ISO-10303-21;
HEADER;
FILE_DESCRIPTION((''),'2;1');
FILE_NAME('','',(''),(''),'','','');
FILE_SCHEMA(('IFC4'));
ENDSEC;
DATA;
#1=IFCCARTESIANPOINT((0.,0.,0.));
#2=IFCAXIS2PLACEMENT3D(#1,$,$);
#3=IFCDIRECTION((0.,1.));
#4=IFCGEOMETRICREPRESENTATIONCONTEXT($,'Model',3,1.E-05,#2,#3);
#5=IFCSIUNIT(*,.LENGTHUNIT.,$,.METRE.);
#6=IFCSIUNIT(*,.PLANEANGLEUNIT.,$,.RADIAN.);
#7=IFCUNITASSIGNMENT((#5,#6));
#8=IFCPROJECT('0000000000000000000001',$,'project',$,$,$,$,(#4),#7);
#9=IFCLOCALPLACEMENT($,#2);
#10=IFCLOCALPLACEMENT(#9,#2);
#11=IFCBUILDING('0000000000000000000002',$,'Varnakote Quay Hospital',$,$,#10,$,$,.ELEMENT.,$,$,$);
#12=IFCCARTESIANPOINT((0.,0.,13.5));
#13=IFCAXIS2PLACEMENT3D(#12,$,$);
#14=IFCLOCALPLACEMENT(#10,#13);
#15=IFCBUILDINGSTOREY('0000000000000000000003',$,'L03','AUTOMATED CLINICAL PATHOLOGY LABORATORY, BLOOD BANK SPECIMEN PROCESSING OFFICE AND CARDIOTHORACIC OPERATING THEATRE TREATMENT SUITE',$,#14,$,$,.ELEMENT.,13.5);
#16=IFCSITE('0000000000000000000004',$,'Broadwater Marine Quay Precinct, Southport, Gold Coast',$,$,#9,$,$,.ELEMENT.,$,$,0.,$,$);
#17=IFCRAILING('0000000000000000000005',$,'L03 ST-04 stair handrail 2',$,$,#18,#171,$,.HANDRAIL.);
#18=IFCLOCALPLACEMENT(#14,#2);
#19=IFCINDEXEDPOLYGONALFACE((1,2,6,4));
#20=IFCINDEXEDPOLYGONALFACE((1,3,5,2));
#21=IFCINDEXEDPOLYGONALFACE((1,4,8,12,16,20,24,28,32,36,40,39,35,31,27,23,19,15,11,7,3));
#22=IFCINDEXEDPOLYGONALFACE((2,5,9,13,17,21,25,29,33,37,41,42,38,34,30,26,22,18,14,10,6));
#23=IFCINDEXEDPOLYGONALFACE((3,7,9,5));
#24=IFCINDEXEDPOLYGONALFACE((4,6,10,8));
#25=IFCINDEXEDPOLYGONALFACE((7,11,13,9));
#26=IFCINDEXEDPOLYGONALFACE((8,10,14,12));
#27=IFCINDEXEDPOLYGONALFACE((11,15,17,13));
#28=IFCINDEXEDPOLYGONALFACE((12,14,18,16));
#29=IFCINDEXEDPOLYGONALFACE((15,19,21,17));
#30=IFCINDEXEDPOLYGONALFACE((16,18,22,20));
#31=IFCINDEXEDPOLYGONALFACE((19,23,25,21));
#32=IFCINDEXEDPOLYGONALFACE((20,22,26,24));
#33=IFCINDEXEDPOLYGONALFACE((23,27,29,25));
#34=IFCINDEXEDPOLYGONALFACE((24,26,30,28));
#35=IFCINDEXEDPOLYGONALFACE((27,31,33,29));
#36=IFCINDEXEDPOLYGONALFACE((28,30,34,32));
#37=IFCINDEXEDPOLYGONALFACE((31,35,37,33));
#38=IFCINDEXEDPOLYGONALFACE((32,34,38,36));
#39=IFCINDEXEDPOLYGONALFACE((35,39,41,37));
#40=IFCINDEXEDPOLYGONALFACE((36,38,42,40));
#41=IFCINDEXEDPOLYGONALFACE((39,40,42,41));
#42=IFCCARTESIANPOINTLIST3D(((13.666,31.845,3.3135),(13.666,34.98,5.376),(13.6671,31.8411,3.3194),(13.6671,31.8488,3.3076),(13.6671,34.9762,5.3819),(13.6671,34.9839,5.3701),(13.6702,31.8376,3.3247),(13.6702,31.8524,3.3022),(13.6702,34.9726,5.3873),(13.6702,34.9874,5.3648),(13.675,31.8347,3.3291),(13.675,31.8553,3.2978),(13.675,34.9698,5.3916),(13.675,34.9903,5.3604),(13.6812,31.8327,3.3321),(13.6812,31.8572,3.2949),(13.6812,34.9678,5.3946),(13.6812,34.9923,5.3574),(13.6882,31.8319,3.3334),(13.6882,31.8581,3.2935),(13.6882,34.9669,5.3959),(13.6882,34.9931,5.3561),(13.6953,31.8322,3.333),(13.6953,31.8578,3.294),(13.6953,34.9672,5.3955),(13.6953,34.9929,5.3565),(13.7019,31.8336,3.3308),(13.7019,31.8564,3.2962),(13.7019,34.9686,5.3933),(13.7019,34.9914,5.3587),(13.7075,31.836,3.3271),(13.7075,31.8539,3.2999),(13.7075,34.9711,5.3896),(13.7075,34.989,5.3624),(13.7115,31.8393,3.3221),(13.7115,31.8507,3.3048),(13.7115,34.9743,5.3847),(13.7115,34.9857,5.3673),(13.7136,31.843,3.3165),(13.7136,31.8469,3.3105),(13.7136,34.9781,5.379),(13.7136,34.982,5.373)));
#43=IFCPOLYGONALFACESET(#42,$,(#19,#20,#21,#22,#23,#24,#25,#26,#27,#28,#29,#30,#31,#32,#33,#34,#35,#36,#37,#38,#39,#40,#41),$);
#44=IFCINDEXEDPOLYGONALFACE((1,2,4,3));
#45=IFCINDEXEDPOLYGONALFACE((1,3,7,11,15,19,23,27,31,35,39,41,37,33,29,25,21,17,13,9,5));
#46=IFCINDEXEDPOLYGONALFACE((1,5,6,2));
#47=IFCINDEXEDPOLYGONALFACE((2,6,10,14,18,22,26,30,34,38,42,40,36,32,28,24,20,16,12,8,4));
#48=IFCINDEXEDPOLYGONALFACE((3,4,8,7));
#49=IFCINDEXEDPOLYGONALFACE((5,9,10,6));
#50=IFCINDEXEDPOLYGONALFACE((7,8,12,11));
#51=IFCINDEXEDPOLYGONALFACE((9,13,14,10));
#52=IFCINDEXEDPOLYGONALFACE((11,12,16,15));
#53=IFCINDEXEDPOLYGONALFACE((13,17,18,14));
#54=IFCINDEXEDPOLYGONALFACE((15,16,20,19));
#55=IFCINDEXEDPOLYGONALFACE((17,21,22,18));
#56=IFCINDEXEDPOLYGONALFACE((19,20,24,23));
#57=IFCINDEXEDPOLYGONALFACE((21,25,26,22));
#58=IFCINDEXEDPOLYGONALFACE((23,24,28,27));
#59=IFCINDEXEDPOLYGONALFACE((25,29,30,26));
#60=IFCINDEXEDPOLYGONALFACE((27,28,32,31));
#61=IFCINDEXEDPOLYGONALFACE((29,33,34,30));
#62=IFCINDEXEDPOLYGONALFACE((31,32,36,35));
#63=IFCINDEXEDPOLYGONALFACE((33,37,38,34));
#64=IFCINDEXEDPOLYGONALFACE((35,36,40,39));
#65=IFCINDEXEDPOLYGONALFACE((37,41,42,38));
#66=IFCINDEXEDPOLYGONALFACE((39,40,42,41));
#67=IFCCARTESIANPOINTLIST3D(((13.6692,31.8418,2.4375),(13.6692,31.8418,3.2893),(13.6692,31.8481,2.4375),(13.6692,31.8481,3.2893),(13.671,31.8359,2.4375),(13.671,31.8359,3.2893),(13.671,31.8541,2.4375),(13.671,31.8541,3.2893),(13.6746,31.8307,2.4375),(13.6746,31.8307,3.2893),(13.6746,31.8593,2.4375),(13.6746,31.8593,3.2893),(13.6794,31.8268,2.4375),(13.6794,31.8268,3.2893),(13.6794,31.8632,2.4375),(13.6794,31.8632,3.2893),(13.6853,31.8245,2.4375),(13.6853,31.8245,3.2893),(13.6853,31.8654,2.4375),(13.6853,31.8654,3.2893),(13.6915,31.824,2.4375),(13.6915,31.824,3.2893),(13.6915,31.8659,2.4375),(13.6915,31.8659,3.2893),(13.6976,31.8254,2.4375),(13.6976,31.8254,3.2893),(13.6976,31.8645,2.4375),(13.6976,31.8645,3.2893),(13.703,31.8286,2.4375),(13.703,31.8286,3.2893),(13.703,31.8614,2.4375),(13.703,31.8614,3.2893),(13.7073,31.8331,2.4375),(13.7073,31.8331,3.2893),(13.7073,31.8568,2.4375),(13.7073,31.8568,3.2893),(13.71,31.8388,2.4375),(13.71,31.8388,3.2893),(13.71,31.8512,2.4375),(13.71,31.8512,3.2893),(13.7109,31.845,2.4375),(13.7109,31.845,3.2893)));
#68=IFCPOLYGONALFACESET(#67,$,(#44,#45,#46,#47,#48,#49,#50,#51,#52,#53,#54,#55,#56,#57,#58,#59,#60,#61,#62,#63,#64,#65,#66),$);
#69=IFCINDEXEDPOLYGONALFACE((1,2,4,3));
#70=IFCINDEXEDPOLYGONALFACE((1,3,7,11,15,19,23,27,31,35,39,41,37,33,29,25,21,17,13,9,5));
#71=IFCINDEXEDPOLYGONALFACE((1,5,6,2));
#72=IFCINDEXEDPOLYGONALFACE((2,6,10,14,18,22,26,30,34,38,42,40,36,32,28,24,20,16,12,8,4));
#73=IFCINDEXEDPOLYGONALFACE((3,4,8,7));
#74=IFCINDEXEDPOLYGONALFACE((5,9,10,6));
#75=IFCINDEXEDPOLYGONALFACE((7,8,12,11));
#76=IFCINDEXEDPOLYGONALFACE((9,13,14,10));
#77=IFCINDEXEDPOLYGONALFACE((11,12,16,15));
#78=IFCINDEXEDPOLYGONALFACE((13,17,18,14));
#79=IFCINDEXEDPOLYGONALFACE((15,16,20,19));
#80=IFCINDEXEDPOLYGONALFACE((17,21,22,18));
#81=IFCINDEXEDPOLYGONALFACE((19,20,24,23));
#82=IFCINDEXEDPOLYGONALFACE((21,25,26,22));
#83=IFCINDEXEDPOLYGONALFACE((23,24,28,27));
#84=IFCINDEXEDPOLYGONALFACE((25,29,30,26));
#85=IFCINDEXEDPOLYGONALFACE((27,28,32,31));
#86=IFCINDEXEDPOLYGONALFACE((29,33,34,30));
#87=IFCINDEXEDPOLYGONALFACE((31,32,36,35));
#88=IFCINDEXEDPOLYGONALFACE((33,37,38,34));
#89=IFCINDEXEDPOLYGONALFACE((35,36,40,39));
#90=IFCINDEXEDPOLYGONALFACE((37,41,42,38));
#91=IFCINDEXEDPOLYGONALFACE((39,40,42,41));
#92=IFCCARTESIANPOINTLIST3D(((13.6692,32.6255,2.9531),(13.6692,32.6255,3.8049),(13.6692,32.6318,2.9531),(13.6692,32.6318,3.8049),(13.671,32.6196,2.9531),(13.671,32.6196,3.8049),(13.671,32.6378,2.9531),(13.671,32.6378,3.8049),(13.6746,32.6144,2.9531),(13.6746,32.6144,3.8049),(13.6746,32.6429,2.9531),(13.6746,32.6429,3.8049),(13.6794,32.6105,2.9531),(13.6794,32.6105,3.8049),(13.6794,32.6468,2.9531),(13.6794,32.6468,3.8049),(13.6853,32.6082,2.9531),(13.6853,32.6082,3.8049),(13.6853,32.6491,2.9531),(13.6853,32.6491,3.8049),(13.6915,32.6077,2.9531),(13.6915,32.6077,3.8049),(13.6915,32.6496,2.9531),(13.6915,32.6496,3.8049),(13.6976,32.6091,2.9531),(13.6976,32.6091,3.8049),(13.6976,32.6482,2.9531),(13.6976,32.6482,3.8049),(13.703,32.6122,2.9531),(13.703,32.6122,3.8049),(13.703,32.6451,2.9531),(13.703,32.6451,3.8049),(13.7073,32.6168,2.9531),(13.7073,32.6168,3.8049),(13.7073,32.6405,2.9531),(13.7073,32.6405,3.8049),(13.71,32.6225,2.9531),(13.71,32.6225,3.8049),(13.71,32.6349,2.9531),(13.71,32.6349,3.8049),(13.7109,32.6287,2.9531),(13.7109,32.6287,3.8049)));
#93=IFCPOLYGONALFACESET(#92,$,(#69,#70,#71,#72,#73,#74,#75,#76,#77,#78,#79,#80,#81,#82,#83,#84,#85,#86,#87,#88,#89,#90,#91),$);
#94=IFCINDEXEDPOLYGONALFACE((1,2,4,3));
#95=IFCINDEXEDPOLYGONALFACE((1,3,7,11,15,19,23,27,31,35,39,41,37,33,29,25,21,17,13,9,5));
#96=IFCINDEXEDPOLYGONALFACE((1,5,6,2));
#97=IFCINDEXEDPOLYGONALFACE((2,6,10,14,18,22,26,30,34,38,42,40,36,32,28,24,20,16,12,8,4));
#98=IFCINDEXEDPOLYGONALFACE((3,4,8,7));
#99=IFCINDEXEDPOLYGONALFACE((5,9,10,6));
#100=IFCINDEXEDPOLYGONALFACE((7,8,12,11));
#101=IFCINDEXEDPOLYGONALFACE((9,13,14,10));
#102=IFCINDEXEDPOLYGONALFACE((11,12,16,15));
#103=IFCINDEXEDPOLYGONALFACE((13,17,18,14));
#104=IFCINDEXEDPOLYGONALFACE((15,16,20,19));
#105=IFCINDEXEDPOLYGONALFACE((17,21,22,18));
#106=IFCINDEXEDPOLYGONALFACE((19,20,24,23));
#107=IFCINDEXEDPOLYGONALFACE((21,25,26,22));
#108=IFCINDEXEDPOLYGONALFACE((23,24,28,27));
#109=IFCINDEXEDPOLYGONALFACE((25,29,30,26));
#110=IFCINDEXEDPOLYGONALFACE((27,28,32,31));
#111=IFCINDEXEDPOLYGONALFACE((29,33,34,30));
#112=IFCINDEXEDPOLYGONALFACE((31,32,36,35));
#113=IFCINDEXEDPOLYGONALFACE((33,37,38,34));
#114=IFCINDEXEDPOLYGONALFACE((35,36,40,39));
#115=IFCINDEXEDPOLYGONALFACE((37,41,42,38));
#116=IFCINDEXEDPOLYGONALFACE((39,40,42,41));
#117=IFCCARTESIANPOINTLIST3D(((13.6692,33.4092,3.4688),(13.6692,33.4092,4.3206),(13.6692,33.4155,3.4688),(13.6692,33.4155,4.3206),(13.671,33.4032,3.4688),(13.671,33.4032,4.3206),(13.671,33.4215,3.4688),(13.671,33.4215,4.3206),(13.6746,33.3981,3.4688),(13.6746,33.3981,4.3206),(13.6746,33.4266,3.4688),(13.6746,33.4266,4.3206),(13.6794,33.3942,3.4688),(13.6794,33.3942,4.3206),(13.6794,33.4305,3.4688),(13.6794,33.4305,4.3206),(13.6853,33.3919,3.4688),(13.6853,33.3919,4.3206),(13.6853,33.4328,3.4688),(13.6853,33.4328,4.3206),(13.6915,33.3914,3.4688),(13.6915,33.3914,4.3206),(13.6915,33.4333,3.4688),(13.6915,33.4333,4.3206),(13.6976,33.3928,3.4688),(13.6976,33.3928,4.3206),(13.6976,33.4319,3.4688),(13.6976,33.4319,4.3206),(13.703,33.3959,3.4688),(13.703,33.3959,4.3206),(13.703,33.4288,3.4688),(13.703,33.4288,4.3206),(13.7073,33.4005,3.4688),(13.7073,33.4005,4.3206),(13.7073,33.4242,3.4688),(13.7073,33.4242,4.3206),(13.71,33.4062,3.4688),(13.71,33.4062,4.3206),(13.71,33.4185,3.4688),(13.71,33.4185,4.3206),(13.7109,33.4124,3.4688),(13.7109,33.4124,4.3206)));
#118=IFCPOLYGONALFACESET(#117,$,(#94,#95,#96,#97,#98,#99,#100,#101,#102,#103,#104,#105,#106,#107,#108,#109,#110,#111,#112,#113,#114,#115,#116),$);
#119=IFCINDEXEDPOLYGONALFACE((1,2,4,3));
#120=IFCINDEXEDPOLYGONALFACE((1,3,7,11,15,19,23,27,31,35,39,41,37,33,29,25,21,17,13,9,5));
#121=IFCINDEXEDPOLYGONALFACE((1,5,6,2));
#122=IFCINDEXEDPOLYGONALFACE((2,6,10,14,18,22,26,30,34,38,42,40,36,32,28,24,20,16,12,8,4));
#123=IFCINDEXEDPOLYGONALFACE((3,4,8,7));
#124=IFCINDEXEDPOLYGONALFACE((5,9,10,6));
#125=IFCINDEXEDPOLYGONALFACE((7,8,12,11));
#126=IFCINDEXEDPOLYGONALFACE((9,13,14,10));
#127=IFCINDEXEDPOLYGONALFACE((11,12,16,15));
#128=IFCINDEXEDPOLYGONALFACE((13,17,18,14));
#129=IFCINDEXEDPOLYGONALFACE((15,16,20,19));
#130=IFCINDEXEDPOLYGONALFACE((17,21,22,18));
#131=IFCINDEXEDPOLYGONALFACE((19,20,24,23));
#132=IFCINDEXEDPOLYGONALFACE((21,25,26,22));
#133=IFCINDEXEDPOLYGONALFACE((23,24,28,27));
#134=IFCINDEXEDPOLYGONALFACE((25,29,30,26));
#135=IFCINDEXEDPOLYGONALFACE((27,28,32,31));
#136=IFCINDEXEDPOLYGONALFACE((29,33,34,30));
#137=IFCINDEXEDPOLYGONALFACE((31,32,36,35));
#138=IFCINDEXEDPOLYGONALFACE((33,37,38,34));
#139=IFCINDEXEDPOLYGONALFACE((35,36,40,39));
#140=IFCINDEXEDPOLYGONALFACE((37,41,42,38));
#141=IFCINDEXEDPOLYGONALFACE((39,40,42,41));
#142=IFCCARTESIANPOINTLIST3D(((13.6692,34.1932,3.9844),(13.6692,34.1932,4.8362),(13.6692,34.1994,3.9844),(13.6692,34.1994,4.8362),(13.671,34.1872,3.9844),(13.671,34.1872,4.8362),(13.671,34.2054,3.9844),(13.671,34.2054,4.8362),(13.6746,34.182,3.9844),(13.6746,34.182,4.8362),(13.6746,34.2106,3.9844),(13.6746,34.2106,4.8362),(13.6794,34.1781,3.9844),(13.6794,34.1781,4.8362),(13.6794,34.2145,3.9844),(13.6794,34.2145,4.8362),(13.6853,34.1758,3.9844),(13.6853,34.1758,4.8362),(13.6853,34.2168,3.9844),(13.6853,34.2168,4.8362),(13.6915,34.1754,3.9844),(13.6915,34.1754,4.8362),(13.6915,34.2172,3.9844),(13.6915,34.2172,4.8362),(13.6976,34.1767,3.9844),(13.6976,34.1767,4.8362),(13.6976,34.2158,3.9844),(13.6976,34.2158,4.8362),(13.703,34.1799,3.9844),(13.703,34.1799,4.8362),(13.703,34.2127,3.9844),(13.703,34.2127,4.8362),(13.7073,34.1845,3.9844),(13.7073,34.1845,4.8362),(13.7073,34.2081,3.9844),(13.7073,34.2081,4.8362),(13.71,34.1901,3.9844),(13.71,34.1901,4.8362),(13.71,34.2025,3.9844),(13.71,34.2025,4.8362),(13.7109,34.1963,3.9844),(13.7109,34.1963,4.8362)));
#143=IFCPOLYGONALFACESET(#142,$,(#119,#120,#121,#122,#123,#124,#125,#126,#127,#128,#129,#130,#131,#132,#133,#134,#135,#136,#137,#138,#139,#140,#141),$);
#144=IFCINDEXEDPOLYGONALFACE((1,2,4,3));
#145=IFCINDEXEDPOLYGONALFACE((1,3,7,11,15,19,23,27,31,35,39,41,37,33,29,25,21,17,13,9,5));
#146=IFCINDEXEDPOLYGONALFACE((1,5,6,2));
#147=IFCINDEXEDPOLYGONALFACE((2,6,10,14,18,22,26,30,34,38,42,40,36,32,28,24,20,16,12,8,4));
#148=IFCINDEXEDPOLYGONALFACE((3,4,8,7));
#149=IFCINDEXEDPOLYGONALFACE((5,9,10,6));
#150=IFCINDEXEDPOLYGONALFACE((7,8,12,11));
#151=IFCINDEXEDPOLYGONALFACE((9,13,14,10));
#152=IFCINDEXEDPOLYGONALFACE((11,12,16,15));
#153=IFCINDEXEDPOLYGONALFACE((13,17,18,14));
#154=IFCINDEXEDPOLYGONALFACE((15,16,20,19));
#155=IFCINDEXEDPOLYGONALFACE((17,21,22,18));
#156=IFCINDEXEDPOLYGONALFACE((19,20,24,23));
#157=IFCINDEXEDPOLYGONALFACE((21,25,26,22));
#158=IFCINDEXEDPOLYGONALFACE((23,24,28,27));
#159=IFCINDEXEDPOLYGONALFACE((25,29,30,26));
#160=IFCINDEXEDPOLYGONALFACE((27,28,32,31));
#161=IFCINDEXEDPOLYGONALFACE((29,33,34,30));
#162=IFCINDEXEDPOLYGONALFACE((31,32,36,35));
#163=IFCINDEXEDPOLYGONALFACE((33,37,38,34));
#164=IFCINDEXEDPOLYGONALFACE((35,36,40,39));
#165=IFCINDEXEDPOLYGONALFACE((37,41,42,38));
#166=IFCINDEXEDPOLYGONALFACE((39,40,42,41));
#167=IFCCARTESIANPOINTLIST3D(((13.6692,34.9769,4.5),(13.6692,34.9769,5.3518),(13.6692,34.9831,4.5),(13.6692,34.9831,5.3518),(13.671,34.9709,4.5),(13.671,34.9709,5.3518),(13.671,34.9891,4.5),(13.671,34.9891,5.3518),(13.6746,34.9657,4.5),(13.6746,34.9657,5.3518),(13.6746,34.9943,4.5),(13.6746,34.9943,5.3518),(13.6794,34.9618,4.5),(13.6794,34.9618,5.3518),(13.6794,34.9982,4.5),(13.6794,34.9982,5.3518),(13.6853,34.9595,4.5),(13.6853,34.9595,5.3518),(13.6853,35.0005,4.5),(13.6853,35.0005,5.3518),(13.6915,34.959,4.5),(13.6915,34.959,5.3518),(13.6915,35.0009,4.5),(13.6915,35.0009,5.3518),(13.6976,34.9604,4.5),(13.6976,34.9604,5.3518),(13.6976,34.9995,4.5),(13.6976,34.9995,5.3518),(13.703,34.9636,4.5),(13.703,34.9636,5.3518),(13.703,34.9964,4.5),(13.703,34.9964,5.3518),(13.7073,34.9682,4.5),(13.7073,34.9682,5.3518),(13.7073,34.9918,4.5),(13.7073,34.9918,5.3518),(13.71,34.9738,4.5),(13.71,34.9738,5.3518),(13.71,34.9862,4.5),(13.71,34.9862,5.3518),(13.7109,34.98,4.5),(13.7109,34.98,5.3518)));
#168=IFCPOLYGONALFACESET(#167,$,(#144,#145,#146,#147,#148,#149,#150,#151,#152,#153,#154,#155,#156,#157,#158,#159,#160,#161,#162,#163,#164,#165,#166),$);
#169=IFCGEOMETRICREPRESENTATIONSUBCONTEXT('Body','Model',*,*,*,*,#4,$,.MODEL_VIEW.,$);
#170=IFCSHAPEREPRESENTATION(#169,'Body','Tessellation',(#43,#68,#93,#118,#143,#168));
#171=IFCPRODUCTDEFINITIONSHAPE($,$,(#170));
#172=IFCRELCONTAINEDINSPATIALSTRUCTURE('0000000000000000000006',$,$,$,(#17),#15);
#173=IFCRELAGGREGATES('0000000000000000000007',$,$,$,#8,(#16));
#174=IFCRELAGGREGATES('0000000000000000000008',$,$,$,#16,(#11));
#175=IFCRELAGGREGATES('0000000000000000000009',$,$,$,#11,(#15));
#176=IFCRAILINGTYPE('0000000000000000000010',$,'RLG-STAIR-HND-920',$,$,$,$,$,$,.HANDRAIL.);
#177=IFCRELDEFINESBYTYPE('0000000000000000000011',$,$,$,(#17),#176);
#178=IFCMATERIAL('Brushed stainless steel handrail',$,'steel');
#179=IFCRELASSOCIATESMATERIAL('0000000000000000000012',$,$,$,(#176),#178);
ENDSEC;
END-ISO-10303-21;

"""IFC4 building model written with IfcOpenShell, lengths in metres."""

from ifc_helpers import new_model, si_unit, direction, frame, origin, origin_2d, place, context, subcontext, project, spatial, circle, extrude, material, type_object, element, save


model = new_model("IFC4")

# Units and contexts
model_context = context("Model", 3, precision=1e-05, world=origin(), true_north=direction((0.0, 1.0)))
body_context = subcontext(model_context, "Body", "Model", "MODEL_VIEW")
ifc_project = project(units=[si_unit("LENGTHUNIT", "METRE"), si_unit("PLANEANGLEUNIT", "RADIAN")], contexts=[model_context])

# Site, building, storey
site_placement = place(None, origin())
site = spatial("IfcSite", under=ifc_project, at=site_placement, Name="Broadwater Marine Quay Precinct, Southport, Gold Coast", CompositionType="ELEMENT", RefElevation=0.0)
building_placement = place(site_placement, origin())
building = spatial("IfcBuilding", under=site, at=building_placement, Name="Varnakote Quay Hospital", CompositionType="ELEMENT")
storey_placement = place(building_placement, frame((0.0, 0.0, 13.5)))
storey = spatial("IfcBuildingStorey", under=building, at=storey_placement, Name="L03", Description="AUTOMATED CLINICAL PATHOLOGY LABORATORY, BLOOD BANK SPECIMEN PROCESSING OFFICE AND CARDIOTHORACIC OPERATING THEATRE TREATMENT SUITE", CompositionType="ELEMENT", Elevation=13.5)

# Railing
ifc_material_1 = material(Name="Brushed stainless steel handrail", Category="steel")
railing_type_1 = type_object("IfcRailingType", Name="RLG-STAIR-HND-920", PredefinedType="HANDRAIL", material=ifc_material_1)
railing_1_placement = place(storey_placement, frame((13.6899, 31.845, 2.4375)))
element("IfcRailing", 1, at=railing_1_placement, inside=storey, type_object=railing_type_1, Name="L03 ST-04 stair handrail 2", PredefinedType="HANDRAIL", context=body_context, shape_type="SweptSolid", body=[
    extrude(circle(Radius=0.0239, at=origin_2d()), frame((0.0, 0.0, 0.876), z_axis=(0.0, 0.835418, 0.549615), x_axis=(-1.0, 0.0, 0.0)), (0.0, 0.0, 1.0), 3.7527),
    extrude(circle(Radius=0.021, at=origin_2d()), origin(), (0.0, 0.0, 1.0), 0.8518),
    extrude(circle(Radius=0.021, at=origin_2d()), frame((0.0, 0.7837, 0.5156)), (0.0, 0.0, 1.0), 0.8518),
    extrude(circle(Radius=0.021, at=origin_2d()), frame((0.0, 1.5674, 1.0312)), (0.0, 0.0, 1.0), 0.8518),
    extrude(circle(Radius=0.021, at=origin_2d()), frame((0.0, 2.3513, 1.5469)), (0.0, 0.0, 1.0), 0.8518),
    extrude(circle(Radius=0.021, at=origin_2d()), frame((0.0, 3.135, 2.0625)), (0.0, 0.0, 1.0), 0.8518),
])

save(model, "model.ifc")
